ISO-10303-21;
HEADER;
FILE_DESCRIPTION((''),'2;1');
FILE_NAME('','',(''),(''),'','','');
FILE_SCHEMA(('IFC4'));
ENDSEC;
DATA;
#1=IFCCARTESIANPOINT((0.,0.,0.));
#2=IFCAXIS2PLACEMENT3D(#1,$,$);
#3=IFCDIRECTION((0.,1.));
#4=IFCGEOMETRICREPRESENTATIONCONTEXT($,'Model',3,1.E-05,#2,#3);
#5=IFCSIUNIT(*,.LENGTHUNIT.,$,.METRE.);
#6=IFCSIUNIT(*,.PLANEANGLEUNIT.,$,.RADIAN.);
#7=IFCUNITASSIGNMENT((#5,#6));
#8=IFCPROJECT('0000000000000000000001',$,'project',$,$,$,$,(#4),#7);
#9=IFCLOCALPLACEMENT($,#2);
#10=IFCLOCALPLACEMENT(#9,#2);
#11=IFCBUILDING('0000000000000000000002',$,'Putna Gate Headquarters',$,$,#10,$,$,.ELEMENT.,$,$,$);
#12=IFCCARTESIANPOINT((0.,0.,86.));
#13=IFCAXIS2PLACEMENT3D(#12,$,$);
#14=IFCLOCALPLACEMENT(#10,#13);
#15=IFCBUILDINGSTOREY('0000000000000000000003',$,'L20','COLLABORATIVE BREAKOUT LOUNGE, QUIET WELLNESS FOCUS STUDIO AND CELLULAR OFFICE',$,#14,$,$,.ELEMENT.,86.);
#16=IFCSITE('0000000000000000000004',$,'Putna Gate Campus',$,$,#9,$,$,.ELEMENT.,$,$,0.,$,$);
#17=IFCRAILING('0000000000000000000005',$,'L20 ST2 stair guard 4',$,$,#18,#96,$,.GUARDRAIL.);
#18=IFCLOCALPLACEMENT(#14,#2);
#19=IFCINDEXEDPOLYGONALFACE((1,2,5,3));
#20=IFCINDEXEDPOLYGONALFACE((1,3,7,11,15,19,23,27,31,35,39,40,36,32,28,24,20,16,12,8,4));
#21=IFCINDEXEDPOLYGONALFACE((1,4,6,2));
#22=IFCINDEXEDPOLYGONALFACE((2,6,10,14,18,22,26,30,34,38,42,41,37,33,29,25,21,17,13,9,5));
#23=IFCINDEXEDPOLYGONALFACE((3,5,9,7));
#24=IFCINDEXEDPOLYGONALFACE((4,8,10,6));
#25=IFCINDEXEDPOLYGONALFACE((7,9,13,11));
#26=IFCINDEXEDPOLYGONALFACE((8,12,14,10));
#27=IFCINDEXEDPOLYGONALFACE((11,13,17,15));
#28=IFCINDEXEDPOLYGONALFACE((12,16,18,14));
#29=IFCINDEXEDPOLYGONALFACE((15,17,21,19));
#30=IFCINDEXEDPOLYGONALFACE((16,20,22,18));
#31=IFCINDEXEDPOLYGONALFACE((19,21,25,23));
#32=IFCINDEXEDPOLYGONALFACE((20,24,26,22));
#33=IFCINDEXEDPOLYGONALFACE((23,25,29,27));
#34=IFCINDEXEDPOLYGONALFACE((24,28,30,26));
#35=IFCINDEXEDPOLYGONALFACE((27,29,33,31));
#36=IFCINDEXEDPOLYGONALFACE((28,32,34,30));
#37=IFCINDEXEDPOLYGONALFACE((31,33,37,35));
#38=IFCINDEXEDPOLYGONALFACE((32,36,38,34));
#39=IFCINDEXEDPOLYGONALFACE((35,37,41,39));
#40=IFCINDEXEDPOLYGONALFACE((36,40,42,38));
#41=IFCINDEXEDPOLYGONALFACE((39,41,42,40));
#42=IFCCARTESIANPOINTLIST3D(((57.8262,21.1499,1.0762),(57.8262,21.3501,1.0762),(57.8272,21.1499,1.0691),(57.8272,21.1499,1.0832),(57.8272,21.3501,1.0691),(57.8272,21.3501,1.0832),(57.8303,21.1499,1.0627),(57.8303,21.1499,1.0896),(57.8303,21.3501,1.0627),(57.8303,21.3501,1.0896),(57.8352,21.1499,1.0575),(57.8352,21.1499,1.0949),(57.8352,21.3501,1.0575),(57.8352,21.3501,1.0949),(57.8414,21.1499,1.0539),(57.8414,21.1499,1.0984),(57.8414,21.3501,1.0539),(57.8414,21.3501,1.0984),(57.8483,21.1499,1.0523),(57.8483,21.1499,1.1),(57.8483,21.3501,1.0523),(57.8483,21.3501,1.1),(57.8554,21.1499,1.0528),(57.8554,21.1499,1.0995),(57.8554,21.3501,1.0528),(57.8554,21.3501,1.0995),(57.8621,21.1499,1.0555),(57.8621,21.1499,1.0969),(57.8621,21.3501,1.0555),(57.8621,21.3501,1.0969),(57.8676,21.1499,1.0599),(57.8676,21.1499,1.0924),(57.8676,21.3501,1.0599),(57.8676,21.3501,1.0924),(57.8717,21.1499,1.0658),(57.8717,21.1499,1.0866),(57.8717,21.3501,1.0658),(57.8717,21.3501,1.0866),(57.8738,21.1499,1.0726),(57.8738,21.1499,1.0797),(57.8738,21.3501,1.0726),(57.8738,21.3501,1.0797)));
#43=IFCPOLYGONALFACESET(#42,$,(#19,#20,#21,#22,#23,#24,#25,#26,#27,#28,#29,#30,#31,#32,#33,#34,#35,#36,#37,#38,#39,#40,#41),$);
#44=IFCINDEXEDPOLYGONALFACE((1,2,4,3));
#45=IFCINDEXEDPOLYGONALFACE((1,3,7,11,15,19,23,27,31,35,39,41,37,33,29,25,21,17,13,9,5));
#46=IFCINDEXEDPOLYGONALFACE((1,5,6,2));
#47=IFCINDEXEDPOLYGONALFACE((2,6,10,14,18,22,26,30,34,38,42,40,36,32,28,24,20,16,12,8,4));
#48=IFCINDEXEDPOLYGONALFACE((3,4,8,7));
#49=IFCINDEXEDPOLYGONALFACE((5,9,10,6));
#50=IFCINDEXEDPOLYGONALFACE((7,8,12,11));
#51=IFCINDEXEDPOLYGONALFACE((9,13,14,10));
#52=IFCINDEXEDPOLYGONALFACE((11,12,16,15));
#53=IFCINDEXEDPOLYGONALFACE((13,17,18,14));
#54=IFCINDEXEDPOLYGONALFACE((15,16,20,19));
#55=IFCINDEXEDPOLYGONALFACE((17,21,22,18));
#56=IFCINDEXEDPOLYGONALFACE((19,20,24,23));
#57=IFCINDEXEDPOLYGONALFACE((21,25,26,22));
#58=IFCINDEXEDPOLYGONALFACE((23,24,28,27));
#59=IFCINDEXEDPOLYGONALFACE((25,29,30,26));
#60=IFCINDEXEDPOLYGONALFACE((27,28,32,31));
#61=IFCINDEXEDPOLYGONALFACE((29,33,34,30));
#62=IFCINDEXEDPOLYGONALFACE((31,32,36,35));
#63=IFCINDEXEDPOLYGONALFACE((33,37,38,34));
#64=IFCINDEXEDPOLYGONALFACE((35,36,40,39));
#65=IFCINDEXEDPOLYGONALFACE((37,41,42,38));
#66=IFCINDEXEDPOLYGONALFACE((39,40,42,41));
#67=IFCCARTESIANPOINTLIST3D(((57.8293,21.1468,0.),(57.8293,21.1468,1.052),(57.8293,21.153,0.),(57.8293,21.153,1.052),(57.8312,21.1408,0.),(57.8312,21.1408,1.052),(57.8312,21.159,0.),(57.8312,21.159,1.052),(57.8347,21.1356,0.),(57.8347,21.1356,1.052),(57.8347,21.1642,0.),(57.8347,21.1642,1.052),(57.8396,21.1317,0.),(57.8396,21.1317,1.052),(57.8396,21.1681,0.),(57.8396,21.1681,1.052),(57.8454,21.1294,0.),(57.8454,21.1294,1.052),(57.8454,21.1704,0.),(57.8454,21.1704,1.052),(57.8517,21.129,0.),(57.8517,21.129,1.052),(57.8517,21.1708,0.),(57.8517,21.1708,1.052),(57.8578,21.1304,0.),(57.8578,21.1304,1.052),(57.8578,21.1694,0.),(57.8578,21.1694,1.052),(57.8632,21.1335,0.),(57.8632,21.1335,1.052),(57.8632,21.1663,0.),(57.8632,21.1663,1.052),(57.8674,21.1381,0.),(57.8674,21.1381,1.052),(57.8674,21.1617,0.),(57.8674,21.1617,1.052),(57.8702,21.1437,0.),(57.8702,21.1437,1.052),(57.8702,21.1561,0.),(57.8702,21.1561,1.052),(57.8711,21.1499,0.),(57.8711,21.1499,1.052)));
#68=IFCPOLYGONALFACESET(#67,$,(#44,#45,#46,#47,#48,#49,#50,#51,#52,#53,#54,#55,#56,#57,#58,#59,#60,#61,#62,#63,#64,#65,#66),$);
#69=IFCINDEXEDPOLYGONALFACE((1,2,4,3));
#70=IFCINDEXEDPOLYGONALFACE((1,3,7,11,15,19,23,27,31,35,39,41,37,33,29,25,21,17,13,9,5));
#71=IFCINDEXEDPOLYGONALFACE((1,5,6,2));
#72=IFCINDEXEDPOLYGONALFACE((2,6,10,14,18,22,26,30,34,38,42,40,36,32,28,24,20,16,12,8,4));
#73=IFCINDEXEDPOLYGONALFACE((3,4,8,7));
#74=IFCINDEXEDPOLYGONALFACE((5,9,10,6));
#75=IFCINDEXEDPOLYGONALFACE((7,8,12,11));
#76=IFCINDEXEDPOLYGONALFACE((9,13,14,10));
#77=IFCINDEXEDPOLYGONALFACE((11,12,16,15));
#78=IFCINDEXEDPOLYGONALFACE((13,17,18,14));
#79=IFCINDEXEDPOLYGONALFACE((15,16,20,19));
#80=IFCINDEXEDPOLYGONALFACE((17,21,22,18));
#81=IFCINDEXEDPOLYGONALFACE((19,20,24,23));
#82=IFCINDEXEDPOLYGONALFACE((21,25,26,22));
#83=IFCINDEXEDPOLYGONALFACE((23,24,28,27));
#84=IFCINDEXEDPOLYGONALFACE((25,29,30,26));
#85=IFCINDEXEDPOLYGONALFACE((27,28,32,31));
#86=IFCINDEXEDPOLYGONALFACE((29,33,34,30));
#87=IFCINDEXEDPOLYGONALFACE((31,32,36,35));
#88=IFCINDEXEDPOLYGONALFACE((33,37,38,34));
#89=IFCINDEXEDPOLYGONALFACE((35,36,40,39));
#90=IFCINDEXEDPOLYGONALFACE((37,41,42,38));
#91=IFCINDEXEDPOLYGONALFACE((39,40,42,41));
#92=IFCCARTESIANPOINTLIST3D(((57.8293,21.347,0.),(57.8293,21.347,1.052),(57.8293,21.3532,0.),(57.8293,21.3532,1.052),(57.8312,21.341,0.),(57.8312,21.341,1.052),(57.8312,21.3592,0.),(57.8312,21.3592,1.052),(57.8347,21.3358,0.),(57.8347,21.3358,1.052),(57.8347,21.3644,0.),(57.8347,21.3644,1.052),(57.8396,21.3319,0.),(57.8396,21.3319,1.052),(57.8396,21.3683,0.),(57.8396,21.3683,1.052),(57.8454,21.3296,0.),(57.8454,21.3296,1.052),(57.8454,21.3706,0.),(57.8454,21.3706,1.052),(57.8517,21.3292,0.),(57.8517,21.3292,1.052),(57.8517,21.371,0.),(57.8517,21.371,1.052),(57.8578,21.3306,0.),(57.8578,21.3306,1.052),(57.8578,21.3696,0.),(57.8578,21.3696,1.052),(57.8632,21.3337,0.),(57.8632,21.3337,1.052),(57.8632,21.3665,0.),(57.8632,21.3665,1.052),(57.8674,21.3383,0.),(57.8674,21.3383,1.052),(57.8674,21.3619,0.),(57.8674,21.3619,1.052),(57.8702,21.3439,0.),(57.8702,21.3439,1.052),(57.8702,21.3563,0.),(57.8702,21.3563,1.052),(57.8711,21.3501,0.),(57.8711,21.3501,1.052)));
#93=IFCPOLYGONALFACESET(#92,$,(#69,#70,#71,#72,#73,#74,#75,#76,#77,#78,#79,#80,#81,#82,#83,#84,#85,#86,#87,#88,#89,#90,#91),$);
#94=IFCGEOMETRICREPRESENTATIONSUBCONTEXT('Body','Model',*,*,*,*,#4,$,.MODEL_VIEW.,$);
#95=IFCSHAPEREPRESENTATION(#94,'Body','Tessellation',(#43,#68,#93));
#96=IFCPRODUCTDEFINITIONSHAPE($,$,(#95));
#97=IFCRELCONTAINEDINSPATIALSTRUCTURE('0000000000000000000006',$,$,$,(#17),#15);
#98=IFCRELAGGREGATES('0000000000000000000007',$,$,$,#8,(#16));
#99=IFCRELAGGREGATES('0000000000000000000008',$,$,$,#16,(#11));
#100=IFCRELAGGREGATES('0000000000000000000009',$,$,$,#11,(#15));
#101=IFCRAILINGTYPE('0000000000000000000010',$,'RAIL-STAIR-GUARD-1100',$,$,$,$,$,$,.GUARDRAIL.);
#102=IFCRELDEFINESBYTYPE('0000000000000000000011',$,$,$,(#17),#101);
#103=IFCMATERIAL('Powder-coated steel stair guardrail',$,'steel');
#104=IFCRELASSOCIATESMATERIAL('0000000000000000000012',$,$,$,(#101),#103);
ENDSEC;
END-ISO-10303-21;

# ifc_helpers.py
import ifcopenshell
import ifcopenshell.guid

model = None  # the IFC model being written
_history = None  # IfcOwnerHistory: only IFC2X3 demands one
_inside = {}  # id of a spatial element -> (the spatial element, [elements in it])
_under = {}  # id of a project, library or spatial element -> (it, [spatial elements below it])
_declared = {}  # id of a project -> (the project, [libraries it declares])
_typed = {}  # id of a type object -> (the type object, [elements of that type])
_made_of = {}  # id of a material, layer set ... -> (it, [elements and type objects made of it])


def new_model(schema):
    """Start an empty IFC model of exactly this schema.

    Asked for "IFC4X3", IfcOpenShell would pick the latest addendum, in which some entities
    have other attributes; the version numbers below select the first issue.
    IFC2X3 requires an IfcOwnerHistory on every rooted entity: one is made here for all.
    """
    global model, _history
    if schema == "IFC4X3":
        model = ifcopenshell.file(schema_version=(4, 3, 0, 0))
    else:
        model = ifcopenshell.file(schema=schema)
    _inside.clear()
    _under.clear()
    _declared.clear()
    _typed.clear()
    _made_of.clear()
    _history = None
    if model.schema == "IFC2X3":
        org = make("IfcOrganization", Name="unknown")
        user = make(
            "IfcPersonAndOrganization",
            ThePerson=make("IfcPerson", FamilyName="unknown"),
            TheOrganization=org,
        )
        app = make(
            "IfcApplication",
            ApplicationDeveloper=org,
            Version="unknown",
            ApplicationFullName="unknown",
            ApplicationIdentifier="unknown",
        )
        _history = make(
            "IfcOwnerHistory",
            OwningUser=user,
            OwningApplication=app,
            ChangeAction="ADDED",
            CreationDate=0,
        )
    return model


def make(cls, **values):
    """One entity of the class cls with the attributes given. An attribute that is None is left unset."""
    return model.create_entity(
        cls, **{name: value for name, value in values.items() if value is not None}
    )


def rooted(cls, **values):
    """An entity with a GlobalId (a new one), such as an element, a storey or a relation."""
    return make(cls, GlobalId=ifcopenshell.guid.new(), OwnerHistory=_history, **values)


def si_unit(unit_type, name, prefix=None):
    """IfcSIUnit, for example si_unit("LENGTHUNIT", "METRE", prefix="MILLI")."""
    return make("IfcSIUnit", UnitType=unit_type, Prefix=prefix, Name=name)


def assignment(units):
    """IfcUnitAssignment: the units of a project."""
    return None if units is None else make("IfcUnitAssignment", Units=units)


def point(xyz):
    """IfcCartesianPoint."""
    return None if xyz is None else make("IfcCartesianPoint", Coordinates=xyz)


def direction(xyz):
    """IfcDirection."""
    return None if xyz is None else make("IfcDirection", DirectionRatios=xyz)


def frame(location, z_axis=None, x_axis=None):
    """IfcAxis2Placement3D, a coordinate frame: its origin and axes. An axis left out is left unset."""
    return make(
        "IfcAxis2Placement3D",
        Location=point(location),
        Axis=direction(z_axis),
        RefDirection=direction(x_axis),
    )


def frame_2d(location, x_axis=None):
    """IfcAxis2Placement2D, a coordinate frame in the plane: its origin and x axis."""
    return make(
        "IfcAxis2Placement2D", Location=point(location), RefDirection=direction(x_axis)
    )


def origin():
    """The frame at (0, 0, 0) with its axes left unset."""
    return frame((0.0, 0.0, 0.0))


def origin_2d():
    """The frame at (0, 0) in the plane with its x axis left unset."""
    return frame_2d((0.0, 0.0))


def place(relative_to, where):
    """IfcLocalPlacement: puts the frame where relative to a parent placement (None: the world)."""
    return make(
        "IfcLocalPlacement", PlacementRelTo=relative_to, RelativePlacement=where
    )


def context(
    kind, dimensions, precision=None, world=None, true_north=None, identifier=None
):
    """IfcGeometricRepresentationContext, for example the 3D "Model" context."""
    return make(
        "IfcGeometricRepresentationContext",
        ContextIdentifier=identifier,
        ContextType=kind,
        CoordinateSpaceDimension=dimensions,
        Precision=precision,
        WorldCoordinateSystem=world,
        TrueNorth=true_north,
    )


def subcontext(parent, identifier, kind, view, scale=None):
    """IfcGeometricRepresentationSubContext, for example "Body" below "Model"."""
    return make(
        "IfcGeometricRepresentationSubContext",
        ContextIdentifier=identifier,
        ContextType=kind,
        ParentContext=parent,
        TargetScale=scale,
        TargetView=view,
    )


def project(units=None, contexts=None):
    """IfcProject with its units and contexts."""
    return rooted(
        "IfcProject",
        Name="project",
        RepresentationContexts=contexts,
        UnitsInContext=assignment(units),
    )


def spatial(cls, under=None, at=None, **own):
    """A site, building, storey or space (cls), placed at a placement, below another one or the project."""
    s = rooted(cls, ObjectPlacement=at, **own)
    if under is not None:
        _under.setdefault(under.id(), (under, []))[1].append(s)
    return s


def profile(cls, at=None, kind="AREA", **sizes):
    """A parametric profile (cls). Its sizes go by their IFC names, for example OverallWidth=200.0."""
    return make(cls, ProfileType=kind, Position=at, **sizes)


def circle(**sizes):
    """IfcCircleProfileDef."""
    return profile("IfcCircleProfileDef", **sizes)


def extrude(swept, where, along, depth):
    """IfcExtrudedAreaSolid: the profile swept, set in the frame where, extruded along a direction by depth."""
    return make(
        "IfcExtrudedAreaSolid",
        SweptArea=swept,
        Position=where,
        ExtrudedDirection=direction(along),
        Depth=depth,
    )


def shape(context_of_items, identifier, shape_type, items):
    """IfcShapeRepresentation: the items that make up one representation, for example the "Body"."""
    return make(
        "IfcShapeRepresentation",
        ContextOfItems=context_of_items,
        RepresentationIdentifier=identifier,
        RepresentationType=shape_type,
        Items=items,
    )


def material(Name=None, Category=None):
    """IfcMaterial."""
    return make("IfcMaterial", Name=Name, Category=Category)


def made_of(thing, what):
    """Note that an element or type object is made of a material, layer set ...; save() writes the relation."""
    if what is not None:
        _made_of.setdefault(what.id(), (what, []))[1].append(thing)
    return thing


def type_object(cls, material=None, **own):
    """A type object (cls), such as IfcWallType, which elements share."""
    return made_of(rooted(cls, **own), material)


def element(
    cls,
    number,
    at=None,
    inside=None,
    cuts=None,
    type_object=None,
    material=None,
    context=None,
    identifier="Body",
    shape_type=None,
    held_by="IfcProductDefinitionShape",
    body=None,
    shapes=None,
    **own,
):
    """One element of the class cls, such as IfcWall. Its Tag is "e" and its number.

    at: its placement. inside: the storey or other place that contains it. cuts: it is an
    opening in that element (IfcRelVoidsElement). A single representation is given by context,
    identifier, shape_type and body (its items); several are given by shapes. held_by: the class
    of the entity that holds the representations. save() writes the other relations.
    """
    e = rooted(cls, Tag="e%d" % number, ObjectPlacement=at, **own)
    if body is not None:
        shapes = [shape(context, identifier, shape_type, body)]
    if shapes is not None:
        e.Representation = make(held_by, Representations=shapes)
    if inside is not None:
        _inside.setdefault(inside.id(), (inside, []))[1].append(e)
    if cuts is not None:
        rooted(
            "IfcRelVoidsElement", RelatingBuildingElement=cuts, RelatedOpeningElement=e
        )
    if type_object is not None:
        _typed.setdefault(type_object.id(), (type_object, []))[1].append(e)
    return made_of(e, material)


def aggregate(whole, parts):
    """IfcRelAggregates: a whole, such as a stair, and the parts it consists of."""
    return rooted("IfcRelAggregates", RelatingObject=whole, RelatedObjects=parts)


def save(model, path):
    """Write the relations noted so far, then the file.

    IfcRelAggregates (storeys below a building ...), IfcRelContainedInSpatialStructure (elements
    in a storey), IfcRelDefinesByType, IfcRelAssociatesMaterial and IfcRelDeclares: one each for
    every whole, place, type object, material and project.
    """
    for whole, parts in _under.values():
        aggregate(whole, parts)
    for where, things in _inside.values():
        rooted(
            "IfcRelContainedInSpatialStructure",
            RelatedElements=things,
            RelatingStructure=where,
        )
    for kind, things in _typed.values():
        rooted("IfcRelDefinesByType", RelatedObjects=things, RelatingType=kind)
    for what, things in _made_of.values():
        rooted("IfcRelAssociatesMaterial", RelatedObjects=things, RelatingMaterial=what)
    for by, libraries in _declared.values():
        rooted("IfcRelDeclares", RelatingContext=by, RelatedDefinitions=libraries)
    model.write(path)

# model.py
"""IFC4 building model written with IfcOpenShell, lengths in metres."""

from ifc_helpers import new_model, si_unit, direction, frame, origin, origin_2d, place, context, subcontext, project, spatial, circle, extrude, material, type_object, element, save


model = new_model("IFC4")

# Units and contexts
model_context = context("Model", 3, precision=1e-05, world=origin(), true_north=direction((0.0, 1.0)))
body_context = subcontext(model_context, "Body", "Model", "MODEL_VIEW")
ifc_project = project(units=[si_unit("LENGTHUNIT", "METRE"), si_unit("PLANEANGLEUNIT", "RADIAN")], contexts=[model_context])

# Site, building, storey
site_placement = place(None, origin())
site = spatial("IfcSite", under=ifc_project, at=site_placement, Name="Putna Gate Campus", CompositionType="ELEMENT", RefElevation=0.0)
building_placement = place(site_placement, origin())
building = spatial("IfcBuilding", under=site, at=building_placement, Name="Putna Gate Headquarters", CompositionType="ELEMENT")
storey_placement = place(building_placement, frame((0.0, 0.0, 86.0)))
storey = spatial("IfcBuildingStorey", under=building, at=storey_placement, Name="L20", Description="COLLABORATIVE BREAKOUT LOUNGE, QUIET WELLNESS FOCUS STUDIO AND CELLULAR OFFICE", CompositionType="ELEMENT", Elevation=86.0)

# Railing
ifc_material_1 = material(Name="Powder-coated steel stair guardrail", Category="steel")
railing_type_1 = type_object("IfcRailingType", Name="RAIL-STAIR-GUARD-1100", PredefinedType="GUARDRAIL", material=ifc_material_1)
railing_1_placement = place(storey_placement, frame((57.8501, 21.1499, 0.0)))
element("IfcRailing", 1, at=railing_1_placement, inside=storey, type_object=railing_type_1, Name="L20 ST2 stair guard 4", PredefinedType="GUARDRAIL", context=body_context, shape_type="SweptSolid", body=[
    extrude(circle(Radius=0.0239, at=origin_2d()), frame((0.0, 0.0, 1.0762), z_axis=(0.0, 1.0, 0.0), x_axis=(-1.0, 0.0, 0.0)), (0.0, 0.0, 1.0), 0.2002),
    extrude(circle(Radius=0.021, at=origin_2d()), origin(), (0.0, 0.0, 1.0), 1.052),
    extrude(circle(Radius=0.021, at=origin_2d()), frame((0.0, 0.2002, 0.0)), (0.0, 0.0, 1.0), 1.052),
])

save(model, "model.ifc")
